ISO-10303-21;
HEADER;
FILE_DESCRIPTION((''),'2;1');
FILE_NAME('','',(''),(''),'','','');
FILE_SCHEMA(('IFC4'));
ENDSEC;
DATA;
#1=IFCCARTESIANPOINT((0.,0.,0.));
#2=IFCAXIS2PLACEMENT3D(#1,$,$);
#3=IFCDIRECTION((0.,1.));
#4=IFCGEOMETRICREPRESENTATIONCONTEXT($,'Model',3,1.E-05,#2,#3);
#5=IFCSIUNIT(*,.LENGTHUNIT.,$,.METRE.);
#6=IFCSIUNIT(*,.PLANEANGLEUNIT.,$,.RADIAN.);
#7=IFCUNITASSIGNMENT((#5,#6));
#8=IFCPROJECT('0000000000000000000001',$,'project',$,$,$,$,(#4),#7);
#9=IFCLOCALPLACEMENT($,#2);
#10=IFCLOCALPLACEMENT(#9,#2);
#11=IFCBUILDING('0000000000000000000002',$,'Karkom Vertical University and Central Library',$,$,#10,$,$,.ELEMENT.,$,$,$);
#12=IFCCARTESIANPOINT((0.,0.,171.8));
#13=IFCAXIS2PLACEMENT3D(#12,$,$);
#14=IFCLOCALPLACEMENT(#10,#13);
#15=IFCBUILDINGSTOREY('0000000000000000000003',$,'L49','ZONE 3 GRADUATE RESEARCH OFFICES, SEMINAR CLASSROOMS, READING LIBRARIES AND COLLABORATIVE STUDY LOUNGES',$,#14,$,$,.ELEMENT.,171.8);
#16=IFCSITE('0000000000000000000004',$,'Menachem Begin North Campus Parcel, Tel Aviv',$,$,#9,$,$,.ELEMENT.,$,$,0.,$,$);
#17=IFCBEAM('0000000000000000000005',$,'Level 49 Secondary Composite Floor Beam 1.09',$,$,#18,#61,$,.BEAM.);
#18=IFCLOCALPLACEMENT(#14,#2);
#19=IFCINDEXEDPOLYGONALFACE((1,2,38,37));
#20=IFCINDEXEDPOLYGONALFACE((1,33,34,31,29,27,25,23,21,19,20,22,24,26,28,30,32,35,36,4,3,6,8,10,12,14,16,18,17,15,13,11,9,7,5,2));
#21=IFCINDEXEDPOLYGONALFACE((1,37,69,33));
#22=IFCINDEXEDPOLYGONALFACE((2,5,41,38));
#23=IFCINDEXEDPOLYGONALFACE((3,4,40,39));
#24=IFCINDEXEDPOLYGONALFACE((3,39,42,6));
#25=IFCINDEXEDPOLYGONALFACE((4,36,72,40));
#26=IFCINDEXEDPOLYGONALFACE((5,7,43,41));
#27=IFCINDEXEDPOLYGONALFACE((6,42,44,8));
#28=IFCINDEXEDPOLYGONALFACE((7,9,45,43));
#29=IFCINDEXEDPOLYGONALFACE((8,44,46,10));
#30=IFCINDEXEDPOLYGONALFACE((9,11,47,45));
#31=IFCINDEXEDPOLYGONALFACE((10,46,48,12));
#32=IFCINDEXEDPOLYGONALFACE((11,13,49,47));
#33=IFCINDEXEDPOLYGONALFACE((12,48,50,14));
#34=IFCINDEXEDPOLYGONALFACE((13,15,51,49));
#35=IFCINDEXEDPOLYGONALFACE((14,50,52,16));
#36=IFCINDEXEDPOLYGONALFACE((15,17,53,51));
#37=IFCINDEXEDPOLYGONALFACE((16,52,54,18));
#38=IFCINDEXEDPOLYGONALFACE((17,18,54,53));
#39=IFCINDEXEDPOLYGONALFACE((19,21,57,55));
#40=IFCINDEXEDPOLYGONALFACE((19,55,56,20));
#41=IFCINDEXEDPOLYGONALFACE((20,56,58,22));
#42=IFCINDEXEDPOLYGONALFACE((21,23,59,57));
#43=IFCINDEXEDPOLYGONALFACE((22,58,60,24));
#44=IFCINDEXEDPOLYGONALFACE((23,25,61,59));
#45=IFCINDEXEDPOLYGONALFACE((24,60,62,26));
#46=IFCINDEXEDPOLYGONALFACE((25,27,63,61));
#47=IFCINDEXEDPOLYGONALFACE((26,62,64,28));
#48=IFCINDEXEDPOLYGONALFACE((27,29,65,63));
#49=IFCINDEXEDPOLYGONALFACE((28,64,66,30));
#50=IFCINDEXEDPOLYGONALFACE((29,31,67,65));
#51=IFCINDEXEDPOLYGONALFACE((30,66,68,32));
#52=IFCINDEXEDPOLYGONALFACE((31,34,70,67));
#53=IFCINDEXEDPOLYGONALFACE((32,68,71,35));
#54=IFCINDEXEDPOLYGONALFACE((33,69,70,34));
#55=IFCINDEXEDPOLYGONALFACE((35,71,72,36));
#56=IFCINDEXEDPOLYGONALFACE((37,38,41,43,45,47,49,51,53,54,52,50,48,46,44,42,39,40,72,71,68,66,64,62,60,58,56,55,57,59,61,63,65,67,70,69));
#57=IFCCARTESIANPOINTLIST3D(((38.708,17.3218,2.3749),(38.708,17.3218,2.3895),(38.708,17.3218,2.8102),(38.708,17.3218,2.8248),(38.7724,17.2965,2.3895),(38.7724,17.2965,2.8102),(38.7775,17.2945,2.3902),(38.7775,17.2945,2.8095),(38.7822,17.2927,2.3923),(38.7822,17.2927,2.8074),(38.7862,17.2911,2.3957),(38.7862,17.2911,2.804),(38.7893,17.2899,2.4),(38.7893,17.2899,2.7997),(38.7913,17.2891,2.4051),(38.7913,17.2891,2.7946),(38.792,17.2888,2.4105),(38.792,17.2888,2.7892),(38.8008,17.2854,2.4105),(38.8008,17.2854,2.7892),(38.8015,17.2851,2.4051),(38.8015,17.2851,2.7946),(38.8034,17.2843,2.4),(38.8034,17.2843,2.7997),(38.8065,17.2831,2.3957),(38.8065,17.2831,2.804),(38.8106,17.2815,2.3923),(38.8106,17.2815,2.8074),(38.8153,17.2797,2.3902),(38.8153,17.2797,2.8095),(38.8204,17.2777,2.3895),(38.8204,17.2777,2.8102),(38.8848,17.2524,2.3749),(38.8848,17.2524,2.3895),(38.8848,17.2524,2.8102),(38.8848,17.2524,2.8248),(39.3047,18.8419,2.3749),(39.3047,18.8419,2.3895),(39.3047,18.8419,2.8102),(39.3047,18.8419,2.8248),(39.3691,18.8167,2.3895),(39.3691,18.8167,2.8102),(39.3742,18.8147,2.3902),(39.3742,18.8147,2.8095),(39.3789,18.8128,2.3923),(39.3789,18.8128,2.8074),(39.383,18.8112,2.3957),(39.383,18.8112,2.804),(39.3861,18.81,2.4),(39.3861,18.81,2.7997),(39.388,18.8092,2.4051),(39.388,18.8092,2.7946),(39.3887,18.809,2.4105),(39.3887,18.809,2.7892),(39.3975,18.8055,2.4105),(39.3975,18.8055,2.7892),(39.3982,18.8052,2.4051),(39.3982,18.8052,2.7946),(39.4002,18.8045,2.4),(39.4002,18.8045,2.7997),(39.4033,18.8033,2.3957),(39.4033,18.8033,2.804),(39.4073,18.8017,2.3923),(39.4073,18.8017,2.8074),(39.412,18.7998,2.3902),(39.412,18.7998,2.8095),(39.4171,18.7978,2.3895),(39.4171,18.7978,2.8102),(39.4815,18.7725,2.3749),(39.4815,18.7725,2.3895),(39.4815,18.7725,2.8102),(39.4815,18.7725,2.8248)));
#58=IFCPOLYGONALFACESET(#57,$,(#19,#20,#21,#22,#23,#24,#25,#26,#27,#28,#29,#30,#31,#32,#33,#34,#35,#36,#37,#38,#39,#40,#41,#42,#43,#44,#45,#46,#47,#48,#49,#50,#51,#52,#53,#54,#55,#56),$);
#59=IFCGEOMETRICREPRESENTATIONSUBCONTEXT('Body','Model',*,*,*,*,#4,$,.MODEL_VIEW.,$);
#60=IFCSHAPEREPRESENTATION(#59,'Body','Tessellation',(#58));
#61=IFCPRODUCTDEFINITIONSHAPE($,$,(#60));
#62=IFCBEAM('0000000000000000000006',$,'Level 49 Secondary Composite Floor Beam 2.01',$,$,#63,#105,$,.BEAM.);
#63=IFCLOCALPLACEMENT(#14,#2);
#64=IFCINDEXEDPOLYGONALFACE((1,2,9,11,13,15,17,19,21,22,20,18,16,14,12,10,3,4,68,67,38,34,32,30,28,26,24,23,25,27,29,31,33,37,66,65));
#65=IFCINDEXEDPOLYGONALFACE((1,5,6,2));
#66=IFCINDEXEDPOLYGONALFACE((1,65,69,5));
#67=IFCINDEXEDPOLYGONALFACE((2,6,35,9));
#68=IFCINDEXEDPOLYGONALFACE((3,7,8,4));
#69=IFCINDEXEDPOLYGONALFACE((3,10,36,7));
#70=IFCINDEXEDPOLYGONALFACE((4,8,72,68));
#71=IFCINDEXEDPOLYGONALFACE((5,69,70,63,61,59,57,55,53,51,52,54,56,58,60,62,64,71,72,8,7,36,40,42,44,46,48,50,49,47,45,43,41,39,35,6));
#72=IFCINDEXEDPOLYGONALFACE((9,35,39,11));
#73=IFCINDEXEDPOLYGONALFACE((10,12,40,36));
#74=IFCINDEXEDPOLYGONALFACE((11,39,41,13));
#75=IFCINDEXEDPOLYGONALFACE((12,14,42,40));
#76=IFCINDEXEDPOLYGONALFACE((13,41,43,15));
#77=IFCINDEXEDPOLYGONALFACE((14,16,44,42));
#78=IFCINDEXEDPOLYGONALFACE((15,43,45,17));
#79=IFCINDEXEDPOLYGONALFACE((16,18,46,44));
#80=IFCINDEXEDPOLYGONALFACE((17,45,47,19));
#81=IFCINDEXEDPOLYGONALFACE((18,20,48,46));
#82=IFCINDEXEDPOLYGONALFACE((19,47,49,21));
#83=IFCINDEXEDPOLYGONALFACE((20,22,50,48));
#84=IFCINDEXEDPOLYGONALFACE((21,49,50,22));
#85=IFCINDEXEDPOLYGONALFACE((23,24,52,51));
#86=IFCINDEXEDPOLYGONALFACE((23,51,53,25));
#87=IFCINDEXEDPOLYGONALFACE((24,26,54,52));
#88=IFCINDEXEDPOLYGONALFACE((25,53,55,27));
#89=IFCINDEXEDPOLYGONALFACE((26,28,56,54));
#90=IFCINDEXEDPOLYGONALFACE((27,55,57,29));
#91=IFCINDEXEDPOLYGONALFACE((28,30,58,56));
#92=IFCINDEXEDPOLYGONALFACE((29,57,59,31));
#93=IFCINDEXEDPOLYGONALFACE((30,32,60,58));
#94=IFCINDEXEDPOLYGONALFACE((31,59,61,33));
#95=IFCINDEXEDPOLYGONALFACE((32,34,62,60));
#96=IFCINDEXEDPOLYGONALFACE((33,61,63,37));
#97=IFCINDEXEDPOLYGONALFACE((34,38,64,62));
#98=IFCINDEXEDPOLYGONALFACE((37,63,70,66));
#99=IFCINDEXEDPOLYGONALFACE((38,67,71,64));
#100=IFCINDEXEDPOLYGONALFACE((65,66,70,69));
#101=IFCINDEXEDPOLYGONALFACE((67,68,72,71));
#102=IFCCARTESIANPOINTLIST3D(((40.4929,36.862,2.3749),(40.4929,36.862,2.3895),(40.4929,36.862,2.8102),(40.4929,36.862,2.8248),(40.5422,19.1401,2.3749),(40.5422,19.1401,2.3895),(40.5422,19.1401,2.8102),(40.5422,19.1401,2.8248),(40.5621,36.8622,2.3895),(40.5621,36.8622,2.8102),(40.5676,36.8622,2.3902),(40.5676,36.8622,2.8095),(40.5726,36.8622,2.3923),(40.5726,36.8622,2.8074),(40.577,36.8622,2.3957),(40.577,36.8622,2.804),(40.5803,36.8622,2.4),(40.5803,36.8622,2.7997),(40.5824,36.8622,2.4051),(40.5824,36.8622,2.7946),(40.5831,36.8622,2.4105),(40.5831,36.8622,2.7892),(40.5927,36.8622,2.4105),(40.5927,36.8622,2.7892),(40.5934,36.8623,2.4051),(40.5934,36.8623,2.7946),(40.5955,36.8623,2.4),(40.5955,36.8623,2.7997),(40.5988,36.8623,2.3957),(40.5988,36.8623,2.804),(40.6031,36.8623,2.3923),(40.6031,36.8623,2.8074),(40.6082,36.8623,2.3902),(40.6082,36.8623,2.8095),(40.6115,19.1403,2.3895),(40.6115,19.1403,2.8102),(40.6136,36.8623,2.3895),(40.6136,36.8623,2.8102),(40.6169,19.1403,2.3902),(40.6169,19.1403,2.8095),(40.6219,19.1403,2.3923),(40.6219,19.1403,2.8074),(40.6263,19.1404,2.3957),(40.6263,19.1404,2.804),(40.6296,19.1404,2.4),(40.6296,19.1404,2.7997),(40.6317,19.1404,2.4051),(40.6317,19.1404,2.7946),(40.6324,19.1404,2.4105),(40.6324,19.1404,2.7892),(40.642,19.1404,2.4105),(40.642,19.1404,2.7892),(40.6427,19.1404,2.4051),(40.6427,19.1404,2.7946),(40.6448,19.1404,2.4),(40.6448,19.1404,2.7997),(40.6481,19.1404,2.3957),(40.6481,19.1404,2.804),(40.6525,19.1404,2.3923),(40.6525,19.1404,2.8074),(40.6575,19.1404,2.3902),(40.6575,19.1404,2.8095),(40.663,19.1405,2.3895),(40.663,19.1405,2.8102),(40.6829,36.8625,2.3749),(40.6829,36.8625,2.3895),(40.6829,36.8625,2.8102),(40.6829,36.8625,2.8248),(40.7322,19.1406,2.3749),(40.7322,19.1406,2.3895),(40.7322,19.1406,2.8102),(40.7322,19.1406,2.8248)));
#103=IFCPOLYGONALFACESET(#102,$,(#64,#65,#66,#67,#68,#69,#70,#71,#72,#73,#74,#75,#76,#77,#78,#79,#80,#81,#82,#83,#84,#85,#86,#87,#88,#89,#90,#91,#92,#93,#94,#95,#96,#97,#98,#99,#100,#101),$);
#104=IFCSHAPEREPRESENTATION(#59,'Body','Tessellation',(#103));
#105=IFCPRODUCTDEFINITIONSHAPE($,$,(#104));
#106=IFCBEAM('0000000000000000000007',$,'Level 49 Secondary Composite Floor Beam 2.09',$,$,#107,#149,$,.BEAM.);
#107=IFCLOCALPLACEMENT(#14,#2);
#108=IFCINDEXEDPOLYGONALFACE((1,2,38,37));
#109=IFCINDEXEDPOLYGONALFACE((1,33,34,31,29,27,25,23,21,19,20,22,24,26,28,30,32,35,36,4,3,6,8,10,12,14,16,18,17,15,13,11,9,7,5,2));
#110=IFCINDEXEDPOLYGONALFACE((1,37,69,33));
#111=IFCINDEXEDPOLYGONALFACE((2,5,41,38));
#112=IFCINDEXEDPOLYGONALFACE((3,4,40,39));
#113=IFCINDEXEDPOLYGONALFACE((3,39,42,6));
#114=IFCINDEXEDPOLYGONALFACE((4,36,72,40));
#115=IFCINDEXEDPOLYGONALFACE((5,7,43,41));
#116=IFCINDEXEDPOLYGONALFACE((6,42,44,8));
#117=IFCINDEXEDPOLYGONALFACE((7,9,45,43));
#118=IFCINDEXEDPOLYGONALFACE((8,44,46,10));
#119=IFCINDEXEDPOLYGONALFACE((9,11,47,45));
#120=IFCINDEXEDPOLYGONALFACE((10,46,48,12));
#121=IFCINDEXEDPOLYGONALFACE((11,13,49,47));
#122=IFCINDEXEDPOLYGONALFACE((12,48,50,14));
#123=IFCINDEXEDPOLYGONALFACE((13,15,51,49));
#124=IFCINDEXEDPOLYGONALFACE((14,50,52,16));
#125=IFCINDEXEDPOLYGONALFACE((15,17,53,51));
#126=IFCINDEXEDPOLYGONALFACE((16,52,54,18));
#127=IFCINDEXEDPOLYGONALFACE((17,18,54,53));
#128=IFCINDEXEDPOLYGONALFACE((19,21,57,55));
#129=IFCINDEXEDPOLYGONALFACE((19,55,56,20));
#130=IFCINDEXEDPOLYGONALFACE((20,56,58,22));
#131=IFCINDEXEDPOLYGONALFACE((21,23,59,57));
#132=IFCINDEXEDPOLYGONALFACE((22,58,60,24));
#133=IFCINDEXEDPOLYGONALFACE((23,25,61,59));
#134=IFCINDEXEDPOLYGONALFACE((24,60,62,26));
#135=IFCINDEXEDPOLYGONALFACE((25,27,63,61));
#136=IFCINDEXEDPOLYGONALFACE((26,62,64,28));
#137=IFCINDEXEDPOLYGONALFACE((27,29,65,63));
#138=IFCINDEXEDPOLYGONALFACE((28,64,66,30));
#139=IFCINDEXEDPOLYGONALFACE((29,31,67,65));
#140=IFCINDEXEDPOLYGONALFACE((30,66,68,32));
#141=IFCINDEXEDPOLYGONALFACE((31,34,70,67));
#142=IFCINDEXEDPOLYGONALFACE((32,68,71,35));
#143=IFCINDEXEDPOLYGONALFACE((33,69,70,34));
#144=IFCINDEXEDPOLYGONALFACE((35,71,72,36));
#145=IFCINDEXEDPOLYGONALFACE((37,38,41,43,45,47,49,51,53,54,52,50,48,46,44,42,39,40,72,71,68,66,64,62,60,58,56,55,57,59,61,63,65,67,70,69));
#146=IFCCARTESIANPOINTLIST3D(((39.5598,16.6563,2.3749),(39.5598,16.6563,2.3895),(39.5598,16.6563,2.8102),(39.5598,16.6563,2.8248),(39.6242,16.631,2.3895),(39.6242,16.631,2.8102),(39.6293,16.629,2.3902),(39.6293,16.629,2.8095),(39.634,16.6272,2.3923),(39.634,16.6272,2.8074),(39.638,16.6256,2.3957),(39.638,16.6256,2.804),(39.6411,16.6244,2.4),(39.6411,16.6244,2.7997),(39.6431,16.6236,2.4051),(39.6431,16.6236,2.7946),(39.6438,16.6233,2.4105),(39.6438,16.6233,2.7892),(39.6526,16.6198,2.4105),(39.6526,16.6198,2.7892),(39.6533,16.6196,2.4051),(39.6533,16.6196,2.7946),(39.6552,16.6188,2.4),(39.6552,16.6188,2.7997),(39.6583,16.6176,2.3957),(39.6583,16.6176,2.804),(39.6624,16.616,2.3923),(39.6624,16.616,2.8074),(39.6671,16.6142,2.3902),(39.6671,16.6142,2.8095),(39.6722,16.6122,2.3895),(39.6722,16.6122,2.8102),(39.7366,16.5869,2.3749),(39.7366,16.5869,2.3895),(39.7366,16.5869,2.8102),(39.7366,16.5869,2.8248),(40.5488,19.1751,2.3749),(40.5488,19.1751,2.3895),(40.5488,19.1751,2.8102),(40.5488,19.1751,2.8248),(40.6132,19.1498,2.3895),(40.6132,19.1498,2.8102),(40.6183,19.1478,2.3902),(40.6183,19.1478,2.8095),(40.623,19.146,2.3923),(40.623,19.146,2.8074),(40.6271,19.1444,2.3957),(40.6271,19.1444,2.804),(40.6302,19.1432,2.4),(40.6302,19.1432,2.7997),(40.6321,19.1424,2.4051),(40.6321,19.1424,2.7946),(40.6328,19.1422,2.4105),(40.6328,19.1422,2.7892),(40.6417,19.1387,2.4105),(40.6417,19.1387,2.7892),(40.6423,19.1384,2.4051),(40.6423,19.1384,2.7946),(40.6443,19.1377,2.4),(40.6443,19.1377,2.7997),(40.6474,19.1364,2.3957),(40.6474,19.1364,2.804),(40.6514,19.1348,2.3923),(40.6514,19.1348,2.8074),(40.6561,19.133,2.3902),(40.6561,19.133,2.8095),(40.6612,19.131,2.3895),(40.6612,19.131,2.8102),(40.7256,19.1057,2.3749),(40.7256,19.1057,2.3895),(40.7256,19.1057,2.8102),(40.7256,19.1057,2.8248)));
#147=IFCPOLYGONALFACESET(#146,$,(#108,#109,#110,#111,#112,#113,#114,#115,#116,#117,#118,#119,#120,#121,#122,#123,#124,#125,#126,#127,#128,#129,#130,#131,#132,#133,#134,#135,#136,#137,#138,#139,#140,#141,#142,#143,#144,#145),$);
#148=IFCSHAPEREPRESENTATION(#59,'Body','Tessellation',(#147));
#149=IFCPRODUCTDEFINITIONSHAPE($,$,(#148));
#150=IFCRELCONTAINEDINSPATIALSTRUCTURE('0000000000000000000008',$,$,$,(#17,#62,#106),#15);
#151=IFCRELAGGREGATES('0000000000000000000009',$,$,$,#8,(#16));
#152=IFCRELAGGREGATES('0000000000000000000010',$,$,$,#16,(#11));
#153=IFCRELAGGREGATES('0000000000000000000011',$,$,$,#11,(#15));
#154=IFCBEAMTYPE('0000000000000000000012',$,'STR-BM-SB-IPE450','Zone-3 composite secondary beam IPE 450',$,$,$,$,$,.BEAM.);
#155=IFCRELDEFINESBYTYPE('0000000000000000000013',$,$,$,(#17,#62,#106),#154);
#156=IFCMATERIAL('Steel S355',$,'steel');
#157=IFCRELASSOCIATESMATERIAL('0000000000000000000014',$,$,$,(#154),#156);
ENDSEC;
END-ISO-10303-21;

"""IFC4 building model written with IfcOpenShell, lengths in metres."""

from ifc_helpers import new_model, si_unit, direction, frame, origin, origin_with_axes, origin_2d, place, context, subcontext, project, spatial, i_section, extrude, source, transform, mapped, material, material_profile, profile_set, type_object, element, save


model = new_model("IFC4")

# Units and contexts
model_context = context("Model", 3, precision=1e-05, world=origin(), true_north=direction((0.0, 1.0)))
body_context = subcontext(model_context, "Body", "Model", "MODEL_VIEW")
ifc_project = project(units=[si_unit("LENGTHUNIT", "METRE"), si_unit("PLANEANGLEUNIT", "RADIAN")], contexts=[model_context])

# Site, building, storey
site_placement = place(None, origin())
site = spatial("IfcSite", under=ifc_project, at=site_placement, Name="Menachem Begin North Campus Parcel, Tel Aviv", CompositionType="ELEMENT", RefElevation=0.0)
building_placement = place(site_placement, origin())
building = spatial("IfcBuilding", under=site, at=building_placement, Name="Karkom Vertical University and Central Library", CompositionType="ELEMENT")
storey_placement = place(building_placement, frame((0.0, 0.0, 171.8)))
storey = spatial("IfcBuildingStorey", under=building, at=storey_placement, Name="L49", Description="ZONE 3 GRADUATE RESEARCH OFFICES, SEMINAR CLASSROOMS, READING LIBRARIES AND COLLABORATIVE STUDY LOUNGES", CompositionType="ELEMENT", Elevation=171.8)

# Beams
ifc_material_1 = material(Name="Steel S355", Category="steel")
ifc_material_profile_1 = material_profile(ifc_material_1, i_section(OverallWidth=0.1899, OverallDepth=0.45, WebThickness=0.0095, FlangeThickness=0.0146, FilletRadius=0.021, at=origin_2d()), Name="IPE 450")
ifc_profile_set_1 = profile_set([ifc_material_profile_1], Name="Steel S355")
beam_type_1 = type_object("IfcBeamType", Name="STR-BM-SB-IPE450", Description="Zone-3 composite secondary beam IPE 450", PredefinedType="BEAM", material=ifc_profile_set_1)
shared_shape_1 = source(origin_with_axes(), body_context, "Body", "SweptSolid", [
    extrude(i_section(OverallWidth=0.1899, OverallDepth=0.45, WebThickness=0.0095, FlangeThickness=0.0146, FilletRadius=0.021, at=origin_2d()), origin(), (0.0, 0.0, 1.0), 1.6331),
])
beam_1_placement = place(storey_placement, frame((38.7964, 17.2871, 2.5999), z_axis=(0.365403, 0.93085, 0.0), x_axis=(-0.93085, 0.365403, 0.0)))
element("IfcBeam", 1, at=beam_1_placement, inside=storey, type_object=beam_type_1, Name="Level 49 Secondary Composite Floor Beam 1.09", PredefinedType="BEAM", context=body_context, shape_type="MappedRepresentation", body=[
    mapped(shared_shape_1, transform((0.0, 0.0, 0.0), scale=1.0)),
])
shared_shape_2 = source(origin_with_axes(), body_context, "Body", "SweptSolid", [
    extrude(i_section(OverallWidth=0.1899, OverallDepth=0.45, WebThickness=0.0095, FlangeThickness=0.0146, FilletRadius=0.021, at=origin_2d()), origin(), (0.0, 0.0, 1.0), 17.7219),
])
beam_2_placement = place(storey_placement, frame((40.6372, 19.1404, 2.5999), z_axis=(-0.002783, 0.999996, 0.0), x_axis=(-0.999996, -0.002783, 0.0)))
element("IfcBeam", 2, at=beam_2_placement, inside=storey, type_object=beam_type_1, Name="Level 49 Secondary Composite Floor Beam 2.01", PredefinedType="BEAM", context=body_context, shape_type="MappedRepresentation", body=[
    mapped(shared_shape_2, transform((0.0, 0.0, 0.0), scale=1.0)),
])
shared_shape_3 = source(origin_with_axes(), body_context, "Body", "SweptSolid", [
    extrude(i_section(OverallWidth=0.1899, OverallDepth=0.45, WebThickness=0.0095, FlangeThickness=0.0146, FilletRadius=0.021, at=origin_2d()), origin(), (0.0, 0.0, 1.0), 2.7061),
])
beam_3_placement = place(storey_placement, frame((39.6482, 16.6216, 2.5999), z_axis=(0.365488, 0.930816, 0.0), x_axis=(-0.930816, 0.365488, 0.0)))
element("IfcBeam", 3, at=beam_3_placement, inside=storey, type_object=beam_type_1, Name="Level 49 Secondary Composite Floor Beam 2.09", PredefinedType="BEAM", context=body_context, shape_type="MappedRepresentation", body=[
    mapped(shared_shape_3, transform((0.0, 0.0, 0.0), scale=1.0)),
])

save(model, "model.ifc")
